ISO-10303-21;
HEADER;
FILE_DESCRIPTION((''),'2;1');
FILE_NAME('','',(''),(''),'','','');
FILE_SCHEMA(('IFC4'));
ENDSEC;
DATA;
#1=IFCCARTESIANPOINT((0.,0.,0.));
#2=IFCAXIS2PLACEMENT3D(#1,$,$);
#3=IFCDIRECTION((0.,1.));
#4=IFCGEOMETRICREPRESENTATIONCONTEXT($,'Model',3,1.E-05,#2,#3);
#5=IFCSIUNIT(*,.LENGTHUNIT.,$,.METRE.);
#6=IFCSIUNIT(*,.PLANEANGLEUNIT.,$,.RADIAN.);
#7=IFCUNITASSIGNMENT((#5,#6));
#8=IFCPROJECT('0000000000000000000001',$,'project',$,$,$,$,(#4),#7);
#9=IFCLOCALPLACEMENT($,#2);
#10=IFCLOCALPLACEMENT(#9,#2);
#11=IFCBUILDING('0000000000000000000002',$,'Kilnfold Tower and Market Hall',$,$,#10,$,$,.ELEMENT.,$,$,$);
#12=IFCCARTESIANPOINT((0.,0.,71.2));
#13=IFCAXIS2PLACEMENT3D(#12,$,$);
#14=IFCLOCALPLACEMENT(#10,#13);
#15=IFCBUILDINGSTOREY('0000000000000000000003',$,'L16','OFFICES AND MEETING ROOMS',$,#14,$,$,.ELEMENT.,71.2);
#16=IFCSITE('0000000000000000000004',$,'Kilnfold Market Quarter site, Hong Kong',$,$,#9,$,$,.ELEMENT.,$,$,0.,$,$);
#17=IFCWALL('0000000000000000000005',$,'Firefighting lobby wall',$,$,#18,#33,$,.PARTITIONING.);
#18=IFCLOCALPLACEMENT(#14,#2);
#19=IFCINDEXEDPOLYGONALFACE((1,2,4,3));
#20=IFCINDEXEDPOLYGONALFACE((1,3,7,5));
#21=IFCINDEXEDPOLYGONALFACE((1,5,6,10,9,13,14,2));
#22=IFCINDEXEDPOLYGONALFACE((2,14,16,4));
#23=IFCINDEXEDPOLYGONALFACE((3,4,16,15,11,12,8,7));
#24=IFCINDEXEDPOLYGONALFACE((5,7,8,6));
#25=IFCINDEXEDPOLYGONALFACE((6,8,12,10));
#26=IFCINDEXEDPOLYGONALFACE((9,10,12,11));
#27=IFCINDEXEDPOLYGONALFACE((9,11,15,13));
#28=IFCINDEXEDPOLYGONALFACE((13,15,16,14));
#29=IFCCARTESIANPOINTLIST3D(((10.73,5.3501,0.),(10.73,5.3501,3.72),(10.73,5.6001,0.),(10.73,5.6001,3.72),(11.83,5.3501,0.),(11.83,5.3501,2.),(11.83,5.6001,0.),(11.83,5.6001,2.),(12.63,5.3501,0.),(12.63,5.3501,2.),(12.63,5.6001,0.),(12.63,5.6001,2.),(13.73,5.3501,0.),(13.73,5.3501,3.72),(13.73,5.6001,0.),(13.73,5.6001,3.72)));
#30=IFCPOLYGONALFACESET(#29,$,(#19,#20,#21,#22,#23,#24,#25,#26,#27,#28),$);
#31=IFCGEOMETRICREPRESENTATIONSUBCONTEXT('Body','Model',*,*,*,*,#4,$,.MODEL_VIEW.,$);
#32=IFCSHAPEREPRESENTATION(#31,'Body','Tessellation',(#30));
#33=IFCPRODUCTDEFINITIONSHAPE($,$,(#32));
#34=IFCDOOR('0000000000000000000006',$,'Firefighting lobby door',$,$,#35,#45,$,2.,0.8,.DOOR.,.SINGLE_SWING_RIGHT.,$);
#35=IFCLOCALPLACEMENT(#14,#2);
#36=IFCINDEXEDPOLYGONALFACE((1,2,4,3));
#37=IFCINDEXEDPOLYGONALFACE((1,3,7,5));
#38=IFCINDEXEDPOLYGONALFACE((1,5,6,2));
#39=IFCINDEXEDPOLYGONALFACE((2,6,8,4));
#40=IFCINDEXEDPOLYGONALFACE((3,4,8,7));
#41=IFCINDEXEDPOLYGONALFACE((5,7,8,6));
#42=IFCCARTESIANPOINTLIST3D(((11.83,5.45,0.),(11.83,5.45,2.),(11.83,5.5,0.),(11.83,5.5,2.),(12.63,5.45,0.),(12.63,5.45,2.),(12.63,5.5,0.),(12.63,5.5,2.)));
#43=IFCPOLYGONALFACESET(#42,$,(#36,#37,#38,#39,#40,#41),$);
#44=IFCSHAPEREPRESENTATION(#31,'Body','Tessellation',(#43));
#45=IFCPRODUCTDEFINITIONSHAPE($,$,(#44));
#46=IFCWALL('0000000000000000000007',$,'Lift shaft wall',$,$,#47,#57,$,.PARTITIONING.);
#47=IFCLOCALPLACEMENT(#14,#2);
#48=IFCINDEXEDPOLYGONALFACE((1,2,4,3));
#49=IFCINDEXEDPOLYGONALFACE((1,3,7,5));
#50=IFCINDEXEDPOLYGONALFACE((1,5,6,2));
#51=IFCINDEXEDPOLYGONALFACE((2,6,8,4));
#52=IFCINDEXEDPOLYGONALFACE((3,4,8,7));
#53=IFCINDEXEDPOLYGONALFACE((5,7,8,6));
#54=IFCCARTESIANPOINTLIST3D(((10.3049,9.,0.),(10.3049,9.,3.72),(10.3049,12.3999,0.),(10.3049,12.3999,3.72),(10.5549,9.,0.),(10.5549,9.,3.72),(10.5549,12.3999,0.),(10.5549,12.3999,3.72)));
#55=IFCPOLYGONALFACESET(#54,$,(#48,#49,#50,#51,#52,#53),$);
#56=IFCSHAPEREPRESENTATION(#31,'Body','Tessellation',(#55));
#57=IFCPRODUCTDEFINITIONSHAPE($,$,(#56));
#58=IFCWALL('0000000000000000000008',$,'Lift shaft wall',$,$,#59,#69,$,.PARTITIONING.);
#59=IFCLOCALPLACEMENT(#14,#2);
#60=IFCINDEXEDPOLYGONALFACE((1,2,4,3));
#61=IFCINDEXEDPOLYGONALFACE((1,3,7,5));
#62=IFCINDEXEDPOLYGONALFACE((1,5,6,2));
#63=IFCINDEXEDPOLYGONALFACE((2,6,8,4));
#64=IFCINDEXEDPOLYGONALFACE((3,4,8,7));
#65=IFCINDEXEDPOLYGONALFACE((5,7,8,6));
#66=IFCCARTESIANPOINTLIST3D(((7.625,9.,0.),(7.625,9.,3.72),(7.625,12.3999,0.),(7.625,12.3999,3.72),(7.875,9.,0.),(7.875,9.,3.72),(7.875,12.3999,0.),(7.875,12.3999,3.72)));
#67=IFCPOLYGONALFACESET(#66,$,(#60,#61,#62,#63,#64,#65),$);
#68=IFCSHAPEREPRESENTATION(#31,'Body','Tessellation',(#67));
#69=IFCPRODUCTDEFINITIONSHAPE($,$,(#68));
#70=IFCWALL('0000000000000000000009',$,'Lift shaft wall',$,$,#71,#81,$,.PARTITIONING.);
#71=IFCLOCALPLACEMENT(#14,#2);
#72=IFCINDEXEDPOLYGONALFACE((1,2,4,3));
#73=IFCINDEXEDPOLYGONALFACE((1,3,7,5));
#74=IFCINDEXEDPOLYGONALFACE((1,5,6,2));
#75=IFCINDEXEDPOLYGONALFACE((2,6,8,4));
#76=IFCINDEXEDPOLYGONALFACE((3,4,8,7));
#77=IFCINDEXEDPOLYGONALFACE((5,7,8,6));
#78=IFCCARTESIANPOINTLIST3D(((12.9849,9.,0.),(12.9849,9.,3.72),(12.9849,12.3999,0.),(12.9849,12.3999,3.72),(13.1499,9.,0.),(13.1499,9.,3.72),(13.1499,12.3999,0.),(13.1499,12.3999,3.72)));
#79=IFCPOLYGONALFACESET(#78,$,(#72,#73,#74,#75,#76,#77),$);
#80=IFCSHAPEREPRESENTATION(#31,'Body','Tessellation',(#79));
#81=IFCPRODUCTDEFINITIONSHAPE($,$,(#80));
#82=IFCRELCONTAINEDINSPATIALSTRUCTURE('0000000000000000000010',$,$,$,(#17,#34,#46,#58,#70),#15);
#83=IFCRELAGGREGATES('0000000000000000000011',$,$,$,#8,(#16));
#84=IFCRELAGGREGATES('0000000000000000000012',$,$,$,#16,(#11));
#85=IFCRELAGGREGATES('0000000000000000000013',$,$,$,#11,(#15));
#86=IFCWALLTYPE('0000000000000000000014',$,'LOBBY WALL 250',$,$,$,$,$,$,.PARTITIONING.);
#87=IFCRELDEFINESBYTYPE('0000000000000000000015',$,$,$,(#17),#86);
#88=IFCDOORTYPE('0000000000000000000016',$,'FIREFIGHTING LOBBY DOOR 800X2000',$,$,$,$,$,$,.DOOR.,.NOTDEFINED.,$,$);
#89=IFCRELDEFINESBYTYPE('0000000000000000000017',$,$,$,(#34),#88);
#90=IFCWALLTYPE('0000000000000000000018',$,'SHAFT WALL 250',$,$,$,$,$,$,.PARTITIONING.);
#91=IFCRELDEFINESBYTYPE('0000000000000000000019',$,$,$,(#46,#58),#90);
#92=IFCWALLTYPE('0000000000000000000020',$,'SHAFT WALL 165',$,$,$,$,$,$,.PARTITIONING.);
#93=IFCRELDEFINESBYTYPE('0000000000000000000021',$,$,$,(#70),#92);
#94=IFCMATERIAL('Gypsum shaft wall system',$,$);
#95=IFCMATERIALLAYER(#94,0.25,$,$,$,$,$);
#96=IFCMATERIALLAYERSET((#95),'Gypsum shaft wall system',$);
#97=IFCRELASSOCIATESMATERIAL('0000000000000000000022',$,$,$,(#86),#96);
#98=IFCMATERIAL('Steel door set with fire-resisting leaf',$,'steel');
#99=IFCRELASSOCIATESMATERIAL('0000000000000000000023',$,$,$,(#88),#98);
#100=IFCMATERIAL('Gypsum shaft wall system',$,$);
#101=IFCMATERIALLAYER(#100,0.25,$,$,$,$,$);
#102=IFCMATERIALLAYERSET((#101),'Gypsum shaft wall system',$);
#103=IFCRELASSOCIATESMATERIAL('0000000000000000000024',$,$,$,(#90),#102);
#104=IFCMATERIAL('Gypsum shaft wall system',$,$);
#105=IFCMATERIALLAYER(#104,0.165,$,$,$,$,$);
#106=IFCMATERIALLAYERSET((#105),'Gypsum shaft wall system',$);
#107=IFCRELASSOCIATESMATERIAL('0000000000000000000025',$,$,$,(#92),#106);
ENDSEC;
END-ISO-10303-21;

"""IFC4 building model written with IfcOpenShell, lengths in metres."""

from ifc_helpers import new_model, si_unit, direction, frame, frame_2d, origin, place, context, subcontext, project, spatial, rectangle, extrude, source, transform, mapped, material, layer, layer_set, type_object, element, fill, save


model = new_model("IFC4")

# Units and contexts
model_context = context("Model", 3, precision=1e-05, world=origin(), true_north=direction((0.0, 1.0)))
body_context = subcontext(model_context, "Body", "Model", "MODEL_VIEW")
ifc_project = project(units=[si_unit("LENGTHUNIT", "METRE"), si_unit("PLANEANGLEUNIT", "RADIAN")], contexts=[model_context])

# Site, building, storey
site_placement = place(None, origin())
site = spatial("IfcSite", under=ifc_project, at=site_placement, Name="Kilnfold Market Quarter site, Hong Kong", CompositionType="ELEMENT", RefElevation=0.0)
building_placement = place(site_placement, origin())
building = spatial("IfcBuilding", under=site, at=building_placement, Name="Kilnfold Tower and Market Hall", CompositionType="ELEMENT")
storey_placement = place(building_placement, frame((0.0, 0.0, 71.2)))
storey = spatial("IfcBuildingStorey", under=building, at=storey_placement, Name="L16", Description="OFFICES AND MEETING ROOMS", CompositionType="ELEMENT", Elevation=71.2)

# Shared definitions
ifc_material_1 = material(Name="Gypsum shaft wall system")
ifc_layer_1 = layer(ifc_material_1, 0.25)
ifc_layer_set_1 = layer_set([ifc_layer_1], Name="Gypsum shaft wall system")
wall_type_1 = type_object("IfcWallType", Name="LOBBY WALL 250", PredefinedType="PARTITIONING", material=ifc_layer_set_1)

# Wall, opening, door
shared_shape_1 = source(origin(), body_context, "Body", "SweptSolid", [
    extrude(rectangle(XDim=3.0, YDim=0.25, at=frame_2d((1.5, 0.0))), origin(), (0.0, 0.0, 1.0), 3.72),
])
wall_1_placement = place(storey_placement, frame((10.73, 5.4751, 0.0), z_axis=(0.0, 0.0, 1.0), x_axis=(1.0, 0.0, 0.0)))
wall_1 = element("IfcWall", 1, at=wall_1_placement, inside=storey, type_object=wall_type_1, Name="Firefighting lobby wall", PredefinedType="PARTITIONING", context=body_context, shape_type="MappedRepresentation", body=[
    mapped(shared_shape_1, transform((0.0, 0.0, 0.0))),
])
opening_1_placement = place(wall_1_placement, frame((1.1001, 0.0, 0.0)))
opening_1 = element("IfcOpeningElement", 2, at=opening_1_placement, cuts=wall_1, PredefinedType="OPENING", context=body_context, shape_type="SweptSolid", body=[
    extrude(rectangle(XDim=0.8, YDim=2.0, at=frame_2d((0.3999, 1.0))), frame((0.0, 0.135, 0.0), z_axis=(0.0, -1.0, 0.0), x_axis=(1.0, 0.0, 0.0)), (0.0, 0.0, 1.0), 0.27),
])
ifc_material_2 = material(Name="Steel door set with fire-resisting leaf", Category="steel")
door_type_1 = type_object("IfcDoorType", Name="FIREFIGHTING LOBBY DOOR 800X2000", OperationType="NOTDEFINED", PredefinedType="DOOR", material=ifc_material_2)
door_1_placement = place(opening_1_placement, origin())
door_1 = element("IfcDoor", 3, at=door_1_placement, inside=storey, type_object=door_type_1, Name="Firefighting lobby door", OperationType="SINGLE_SWING_RIGHT", OverallHeight=2.0, OverallWidth=0.8, PredefinedType="DOOR", context=body_context, shape_type="SweptSolid", body=[
    extrude(rectangle(XDim=0.8, YDim=2.0, at=frame_2d((0.3999, 1.0))), frame((0.0, 0.0249, 0.0), z_axis=(0.0, -1.0, 0.0), x_axis=(1.0, 0.0, 0.0)), (0.0, 0.0, 1.0), 0.05),
])
fill(opening_1, door_1)

# Walls
ifc_material_3 = material(Name="Gypsum shaft wall system")
ifc_layer_2 = layer(ifc_material_3, 0.25)
ifc_layer_set_2 = layer_set([ifc_layer_2], Name="Gypsum shaft wall system")
wall_type_2 = type_object("IfcWallType", Name="SHAFT WALL 250", PredefinedType="PARTITIONING", material=ifc_layer_set_2)
shared_shape_2 = source(origin(), body_context, "Body", "SweptSolid", [
    extrude(rectangle(XDim=3.3999, YDim=0.25, at=frame_2d((1.7, 0.0))), origin(), (0.0, 0.0, 1.0), 3.72),
])
for number, where, z_axis, x_axis, name in (
    (4, (10.4299, 9.0, 0.0), (0.0, 0.0, 1.0), (0.0, 1.0, 0.0), "Lift shaft wall"),
    (5, (7.75, 9.0, 0.0), (0.0, 0.0, 1.0), (0.0, 1.0, 0.0), "Lift shaft wall"),
):
    element("IfcWall", number, at=place(storey_placement, frame(where, z_axis=z_axis, x_axis=x_axis)), inside=storey, type_object=wall_type_2, Name=name, PredefinedType="PARTITIONING", context=body_context, shape_type="MappedRepresentation", body=[
        mapped(shared_shape_2, transform((0.0, 0.0, 0.0))),
    ])
ifc_material_4 = material(Name="Gypsum shaft wall system")
ifc_layer_3 = layer(ifc_material_4, 0.165)
ifc_layer_set_3 = layer_set([ifc_layer_3], Name="Gypsum shaft wall system")
wall_type_3 = type_object("IfcWallType", Name="SHAFT WALL 165", PredefinedType="PARTITIONING", material=ifc_layer_set_3)
shared_shape_3 = source(origin(), body_context, "Body", "SweptSolid", [
    extrude(rectangle(XDim=3.3999, YDim=0.165, at=frame_2d((1.7, 0.0))), origin(), (0.0, 0.0, 1.0), 3.72),
])
wall_2_placement = place(storey_placement, frame((13.0674, 9.0, 0.0), z_axis=(0.0, 0.0, 1.0), x_axis=(0.0, 1.0, 0.0)))
element("IfcWall", 6, at=wall_2_placement, inside=storey, type_object=wall_type_3, Name="Lift shaft wall", PredefinedType="PARTITIONING", context=body_context, shape_type="MappedRepresentation", body=[
    mapped(shared_shape_3, transform((0.0, 0.0, 0.0))),
])

save(model, "model.ifc")
